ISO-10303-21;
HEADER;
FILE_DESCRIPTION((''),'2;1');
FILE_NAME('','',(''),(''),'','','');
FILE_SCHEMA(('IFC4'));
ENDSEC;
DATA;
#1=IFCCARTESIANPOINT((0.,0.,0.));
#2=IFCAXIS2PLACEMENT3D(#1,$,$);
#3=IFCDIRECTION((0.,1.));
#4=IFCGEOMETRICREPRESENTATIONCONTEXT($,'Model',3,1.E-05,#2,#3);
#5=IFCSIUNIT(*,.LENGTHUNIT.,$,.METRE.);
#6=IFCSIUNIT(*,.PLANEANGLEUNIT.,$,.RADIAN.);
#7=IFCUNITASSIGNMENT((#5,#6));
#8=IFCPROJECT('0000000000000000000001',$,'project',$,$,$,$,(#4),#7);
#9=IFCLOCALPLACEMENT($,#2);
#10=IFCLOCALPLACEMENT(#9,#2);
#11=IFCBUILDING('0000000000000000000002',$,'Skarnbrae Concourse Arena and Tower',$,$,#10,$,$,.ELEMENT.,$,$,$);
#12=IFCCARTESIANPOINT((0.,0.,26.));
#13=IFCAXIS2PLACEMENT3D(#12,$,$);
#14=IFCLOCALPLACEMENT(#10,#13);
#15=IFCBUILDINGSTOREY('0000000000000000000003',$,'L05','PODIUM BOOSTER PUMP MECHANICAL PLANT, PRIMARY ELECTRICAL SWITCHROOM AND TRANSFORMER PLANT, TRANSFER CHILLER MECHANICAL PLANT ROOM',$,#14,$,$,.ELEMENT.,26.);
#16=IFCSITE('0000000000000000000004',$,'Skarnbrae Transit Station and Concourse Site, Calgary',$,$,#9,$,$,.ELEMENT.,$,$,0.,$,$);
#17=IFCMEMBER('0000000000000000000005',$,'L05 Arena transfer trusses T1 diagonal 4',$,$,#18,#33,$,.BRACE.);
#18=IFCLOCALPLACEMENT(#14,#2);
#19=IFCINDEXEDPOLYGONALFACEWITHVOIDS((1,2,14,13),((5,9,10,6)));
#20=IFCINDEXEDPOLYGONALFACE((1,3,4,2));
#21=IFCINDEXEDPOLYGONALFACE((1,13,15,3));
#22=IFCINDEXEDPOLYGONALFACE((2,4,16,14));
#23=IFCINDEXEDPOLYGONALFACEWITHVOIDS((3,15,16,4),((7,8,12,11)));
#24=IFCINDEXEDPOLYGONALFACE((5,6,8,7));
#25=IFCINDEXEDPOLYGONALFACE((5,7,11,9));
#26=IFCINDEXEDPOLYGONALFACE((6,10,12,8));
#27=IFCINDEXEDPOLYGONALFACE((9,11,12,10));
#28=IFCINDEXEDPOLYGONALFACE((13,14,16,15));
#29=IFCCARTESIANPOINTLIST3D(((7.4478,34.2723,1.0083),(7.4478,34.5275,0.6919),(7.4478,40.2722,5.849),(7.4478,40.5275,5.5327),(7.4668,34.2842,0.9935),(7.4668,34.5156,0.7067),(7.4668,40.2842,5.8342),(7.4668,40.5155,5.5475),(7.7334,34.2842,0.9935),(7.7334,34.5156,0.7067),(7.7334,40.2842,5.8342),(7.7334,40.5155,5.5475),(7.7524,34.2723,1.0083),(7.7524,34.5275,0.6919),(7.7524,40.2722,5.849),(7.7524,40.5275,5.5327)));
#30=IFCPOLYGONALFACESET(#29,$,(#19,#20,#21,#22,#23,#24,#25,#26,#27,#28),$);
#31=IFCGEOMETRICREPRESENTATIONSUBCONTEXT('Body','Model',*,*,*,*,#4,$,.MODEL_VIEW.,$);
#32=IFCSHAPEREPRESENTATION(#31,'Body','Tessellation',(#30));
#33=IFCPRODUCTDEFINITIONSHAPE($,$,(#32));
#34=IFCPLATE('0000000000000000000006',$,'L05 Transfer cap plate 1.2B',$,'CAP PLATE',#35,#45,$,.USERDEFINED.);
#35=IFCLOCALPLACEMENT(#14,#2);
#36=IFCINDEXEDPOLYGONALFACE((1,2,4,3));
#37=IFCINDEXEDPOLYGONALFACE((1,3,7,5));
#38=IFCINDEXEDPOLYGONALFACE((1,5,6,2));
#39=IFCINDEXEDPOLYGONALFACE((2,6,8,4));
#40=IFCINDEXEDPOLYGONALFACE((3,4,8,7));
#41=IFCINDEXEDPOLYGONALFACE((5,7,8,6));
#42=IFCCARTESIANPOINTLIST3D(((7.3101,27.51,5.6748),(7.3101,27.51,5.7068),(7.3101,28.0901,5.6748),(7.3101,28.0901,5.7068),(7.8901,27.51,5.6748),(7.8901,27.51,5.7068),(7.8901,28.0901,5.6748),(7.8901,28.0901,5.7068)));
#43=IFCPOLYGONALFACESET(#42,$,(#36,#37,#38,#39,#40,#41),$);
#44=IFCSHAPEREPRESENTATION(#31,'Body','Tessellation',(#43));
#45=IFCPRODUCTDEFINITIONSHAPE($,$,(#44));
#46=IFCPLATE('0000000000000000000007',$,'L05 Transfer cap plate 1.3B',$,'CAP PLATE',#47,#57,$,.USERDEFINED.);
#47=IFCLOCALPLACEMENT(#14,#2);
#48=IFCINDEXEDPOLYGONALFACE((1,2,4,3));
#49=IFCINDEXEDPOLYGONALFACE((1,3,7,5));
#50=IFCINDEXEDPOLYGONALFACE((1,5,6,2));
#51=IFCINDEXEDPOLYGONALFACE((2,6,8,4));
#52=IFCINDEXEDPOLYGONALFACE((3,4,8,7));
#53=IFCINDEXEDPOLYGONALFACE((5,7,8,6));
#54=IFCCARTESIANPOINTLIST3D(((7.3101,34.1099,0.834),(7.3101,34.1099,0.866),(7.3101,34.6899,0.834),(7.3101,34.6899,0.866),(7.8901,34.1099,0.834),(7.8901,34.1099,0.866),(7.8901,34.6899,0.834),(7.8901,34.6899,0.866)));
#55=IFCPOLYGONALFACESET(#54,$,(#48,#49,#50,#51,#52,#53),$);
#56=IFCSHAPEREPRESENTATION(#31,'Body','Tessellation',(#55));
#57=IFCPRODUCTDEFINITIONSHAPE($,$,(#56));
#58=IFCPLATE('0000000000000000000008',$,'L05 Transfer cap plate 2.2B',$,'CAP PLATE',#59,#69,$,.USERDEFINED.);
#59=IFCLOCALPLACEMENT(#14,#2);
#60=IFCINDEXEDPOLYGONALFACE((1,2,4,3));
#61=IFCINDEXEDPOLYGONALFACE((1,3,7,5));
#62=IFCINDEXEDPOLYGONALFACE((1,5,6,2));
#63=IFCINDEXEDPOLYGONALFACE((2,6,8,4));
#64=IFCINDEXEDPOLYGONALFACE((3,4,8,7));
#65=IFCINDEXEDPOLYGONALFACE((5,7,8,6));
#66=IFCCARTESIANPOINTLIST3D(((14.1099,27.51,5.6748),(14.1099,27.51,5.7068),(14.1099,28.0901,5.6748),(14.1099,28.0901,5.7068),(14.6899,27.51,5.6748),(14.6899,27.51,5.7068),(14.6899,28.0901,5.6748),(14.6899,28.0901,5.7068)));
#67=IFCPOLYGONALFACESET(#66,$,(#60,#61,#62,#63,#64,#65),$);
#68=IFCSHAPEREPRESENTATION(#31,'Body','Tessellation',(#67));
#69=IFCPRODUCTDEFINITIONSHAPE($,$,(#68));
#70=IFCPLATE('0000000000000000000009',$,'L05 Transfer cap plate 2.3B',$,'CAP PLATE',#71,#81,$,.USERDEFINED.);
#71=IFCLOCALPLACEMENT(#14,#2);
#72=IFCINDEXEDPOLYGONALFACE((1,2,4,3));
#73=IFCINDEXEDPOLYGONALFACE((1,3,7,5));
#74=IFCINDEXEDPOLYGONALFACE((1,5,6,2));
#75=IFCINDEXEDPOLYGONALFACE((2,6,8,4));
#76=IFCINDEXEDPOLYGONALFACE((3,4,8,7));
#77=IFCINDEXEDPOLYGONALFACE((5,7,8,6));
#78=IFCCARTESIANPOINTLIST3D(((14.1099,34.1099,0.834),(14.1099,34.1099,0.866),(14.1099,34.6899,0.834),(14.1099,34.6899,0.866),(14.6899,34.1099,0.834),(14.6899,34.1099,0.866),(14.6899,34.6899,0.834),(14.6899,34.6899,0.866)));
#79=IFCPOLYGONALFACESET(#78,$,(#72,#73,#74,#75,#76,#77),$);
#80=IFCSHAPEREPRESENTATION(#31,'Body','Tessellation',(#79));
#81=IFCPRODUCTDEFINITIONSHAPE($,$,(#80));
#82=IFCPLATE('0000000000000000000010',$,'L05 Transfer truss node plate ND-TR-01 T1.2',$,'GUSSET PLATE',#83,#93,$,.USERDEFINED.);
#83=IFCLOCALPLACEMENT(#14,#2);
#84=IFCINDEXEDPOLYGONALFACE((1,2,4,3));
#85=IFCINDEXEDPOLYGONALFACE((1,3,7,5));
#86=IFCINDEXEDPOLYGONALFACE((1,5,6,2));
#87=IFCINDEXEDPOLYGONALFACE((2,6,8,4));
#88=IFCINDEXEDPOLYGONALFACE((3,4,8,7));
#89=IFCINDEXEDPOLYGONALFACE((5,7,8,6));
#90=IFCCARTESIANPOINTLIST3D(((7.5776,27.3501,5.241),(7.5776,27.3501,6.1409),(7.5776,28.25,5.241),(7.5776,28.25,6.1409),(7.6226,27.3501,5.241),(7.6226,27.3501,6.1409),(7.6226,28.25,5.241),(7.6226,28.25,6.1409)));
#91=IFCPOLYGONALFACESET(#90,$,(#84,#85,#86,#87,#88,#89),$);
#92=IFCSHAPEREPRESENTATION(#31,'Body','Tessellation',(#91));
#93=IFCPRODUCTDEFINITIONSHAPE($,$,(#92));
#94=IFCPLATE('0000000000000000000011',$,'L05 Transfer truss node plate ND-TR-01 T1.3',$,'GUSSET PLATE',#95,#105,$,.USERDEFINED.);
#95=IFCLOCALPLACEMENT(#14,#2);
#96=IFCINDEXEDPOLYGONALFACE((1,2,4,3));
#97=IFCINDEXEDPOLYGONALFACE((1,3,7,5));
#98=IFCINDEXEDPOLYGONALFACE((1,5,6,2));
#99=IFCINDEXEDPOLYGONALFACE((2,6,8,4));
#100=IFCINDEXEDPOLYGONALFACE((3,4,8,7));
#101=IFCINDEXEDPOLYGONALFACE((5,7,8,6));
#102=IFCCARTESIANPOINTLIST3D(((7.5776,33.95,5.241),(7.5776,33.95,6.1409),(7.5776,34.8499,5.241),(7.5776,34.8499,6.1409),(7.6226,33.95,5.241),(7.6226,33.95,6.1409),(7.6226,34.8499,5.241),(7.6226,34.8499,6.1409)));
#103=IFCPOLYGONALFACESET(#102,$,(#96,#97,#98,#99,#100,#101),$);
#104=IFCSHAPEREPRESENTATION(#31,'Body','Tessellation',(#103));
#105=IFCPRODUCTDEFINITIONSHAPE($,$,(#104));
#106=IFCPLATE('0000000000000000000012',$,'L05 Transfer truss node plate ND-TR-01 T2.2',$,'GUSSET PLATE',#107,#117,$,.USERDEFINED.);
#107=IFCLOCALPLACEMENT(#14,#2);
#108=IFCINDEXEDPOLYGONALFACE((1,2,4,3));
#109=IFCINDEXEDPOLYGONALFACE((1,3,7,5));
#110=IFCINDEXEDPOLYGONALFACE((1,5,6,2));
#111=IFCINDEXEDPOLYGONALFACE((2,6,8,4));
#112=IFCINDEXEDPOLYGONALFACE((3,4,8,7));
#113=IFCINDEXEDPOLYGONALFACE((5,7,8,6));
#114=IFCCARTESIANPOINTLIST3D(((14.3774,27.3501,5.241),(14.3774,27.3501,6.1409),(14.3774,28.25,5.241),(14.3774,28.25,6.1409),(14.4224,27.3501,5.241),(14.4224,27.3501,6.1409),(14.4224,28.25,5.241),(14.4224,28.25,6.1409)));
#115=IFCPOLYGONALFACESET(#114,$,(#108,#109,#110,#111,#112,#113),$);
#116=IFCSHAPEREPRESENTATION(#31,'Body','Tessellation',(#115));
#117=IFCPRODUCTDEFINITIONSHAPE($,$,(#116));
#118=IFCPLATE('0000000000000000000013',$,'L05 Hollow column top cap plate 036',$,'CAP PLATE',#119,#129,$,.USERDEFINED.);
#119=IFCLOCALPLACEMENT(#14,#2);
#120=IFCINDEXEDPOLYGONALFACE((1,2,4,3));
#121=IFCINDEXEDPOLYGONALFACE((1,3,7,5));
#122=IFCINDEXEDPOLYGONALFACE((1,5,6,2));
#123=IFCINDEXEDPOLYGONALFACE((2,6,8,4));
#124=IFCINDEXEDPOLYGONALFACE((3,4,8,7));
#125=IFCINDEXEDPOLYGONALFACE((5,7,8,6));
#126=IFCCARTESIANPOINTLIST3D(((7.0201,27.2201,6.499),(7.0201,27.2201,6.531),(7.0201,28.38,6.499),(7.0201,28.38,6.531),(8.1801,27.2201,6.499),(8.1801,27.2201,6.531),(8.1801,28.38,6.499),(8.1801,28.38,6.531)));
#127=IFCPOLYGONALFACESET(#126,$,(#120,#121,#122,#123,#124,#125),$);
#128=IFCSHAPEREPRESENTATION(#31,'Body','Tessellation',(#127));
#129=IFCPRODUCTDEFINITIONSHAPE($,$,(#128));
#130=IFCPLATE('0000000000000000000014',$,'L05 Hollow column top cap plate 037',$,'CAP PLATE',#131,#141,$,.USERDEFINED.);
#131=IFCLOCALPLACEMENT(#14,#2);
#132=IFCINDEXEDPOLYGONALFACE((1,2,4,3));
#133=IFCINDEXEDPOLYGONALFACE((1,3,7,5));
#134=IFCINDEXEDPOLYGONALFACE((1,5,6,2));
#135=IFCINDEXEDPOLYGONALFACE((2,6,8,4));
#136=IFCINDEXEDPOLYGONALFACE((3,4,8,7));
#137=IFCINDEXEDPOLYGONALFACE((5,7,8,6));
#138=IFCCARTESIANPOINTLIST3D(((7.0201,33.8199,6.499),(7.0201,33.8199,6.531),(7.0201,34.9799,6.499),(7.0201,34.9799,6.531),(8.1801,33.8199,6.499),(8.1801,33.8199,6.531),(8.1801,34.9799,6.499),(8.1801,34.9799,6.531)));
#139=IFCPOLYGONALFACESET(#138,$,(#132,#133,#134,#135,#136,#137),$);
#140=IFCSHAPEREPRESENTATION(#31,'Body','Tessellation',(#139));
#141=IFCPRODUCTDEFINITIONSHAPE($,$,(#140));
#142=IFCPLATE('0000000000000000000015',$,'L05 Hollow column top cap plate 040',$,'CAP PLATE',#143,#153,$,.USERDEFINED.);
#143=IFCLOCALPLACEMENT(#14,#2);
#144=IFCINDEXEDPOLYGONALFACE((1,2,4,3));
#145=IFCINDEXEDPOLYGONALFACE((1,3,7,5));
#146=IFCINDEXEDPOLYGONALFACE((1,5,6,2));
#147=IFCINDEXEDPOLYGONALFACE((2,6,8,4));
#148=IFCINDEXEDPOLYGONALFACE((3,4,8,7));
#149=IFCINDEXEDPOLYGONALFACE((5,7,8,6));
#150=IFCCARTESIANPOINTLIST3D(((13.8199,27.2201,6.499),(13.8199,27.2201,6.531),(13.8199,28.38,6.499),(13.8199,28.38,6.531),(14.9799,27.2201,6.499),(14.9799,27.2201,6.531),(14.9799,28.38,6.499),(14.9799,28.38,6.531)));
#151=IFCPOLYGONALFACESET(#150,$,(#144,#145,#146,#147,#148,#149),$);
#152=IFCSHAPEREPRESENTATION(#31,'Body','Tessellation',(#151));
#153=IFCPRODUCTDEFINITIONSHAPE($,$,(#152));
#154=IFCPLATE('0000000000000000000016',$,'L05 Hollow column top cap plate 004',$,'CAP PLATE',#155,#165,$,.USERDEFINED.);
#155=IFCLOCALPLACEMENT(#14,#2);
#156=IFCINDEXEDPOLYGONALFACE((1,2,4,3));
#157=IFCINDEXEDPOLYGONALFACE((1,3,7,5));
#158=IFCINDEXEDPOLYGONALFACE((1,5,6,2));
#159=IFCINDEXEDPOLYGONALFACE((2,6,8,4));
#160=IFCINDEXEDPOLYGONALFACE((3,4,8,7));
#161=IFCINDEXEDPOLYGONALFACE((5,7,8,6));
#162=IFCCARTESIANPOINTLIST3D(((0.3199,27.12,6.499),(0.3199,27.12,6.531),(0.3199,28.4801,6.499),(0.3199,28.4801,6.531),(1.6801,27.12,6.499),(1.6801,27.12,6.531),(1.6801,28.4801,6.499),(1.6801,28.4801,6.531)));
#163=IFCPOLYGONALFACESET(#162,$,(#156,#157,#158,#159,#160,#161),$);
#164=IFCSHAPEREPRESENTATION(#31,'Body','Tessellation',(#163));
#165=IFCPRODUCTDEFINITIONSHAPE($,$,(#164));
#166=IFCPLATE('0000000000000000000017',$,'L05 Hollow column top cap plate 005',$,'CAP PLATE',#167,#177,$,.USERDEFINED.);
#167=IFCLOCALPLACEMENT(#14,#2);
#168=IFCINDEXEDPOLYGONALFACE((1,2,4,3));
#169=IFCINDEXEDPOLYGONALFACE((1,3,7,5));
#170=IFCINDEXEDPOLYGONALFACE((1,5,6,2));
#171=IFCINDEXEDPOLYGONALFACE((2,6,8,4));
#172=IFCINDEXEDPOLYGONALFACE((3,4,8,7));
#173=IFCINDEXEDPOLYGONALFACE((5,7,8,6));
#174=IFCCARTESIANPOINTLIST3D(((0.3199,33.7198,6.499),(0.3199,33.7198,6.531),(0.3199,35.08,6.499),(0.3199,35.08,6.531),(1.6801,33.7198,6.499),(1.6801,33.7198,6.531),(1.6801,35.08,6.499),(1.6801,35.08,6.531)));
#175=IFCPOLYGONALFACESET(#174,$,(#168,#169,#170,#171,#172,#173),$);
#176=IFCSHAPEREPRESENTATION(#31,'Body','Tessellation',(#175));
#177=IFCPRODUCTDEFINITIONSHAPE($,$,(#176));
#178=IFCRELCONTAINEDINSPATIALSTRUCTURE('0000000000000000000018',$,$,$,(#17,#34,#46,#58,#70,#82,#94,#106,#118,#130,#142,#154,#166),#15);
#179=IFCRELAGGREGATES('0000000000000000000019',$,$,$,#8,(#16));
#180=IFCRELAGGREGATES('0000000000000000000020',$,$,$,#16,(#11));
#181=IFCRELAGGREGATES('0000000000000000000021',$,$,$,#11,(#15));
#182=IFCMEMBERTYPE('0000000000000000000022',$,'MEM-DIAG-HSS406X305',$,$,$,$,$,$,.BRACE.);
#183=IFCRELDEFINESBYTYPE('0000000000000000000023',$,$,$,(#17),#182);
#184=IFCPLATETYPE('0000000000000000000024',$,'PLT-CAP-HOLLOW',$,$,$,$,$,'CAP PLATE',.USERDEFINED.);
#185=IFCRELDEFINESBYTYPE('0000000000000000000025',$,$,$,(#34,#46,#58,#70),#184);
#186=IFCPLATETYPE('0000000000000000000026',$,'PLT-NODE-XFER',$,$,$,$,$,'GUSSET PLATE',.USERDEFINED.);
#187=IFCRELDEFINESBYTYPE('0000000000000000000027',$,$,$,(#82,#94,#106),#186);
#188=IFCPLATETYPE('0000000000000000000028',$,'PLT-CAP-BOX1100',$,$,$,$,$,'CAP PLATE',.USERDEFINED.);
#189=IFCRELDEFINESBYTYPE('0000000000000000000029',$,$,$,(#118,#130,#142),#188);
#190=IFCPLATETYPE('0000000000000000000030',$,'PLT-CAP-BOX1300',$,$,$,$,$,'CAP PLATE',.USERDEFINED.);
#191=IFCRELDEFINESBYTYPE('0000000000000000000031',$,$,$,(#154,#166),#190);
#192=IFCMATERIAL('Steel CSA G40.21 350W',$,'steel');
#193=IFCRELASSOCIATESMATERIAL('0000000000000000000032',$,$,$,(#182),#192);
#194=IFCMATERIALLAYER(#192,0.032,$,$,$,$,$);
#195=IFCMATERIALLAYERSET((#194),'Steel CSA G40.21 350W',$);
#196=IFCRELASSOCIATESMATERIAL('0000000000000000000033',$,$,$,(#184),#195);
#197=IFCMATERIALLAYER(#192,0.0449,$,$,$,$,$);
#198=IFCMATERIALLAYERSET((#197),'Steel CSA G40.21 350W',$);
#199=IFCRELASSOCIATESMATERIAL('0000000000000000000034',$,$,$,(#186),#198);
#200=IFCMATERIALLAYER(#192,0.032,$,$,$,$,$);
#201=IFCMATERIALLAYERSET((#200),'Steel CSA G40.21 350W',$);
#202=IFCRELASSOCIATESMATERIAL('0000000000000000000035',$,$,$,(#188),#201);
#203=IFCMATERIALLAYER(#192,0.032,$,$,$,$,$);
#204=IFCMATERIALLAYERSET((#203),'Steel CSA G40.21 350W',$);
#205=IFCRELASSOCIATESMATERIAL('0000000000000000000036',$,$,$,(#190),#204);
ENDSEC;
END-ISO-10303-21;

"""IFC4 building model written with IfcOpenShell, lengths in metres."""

from ifc_helpers import new_model, si_unit, direction, frame, origin, origin_2d, place, context, subcontext, project, spatial, rectangle, hollow_rectangle, extrude, source, transform, mapped, material, layer, layer_set, material_profile, profile_set, type_object, element, save


model = new_model("IFC4")

# Units and contexts
model_context = context("Model", 3, precision=1e-05, world=origin(), true_north=direction((0.0, 1.0)))
body_context = subcontext(model_context, "Body", "Model", "MODEL_VIEW")
ifc_project = project(units=[si_unit("LENGTHUNIT", "METRE"), si_unit("PLANEANGLEUNIT", "RADIAN")], contexts=[model_context])

# Site, building, storey
site_placement = place(None, origin())
site = spatial("IfcSite", under=ifc_project, at=site_placement, Name="Skarnbrae Transit Station and Concourse Site, Calgary", CompositionType="ELEMENT", RefElevation=0.0)
building_placement = place(site_placement, origin())
building = spatial("IfcBuilding", under=site, at=building_placement, Name="Skarnbrae Concourse Arena and Tower", CompositionType="ELEMENT")
storey_placement = place(building_placement, frame((0.0, 0.0, 26.0)))
storey = spatial("IfcBuildingStorey", under=building, at=storey_placement, Name="L05", Description="PODIUM BOOSTER PUMP MECHANICAL PLANT, PRIMARY ELECTRICAL SWITCHROOM AND TRANSFORMER PLANT, TRANSFER CHILLER MECHANICAL PLANT ROOM", CompositionType="ELEMENT", Elevation=26.0)

# Shared definitions
ifc_material = material(Name="Steel CSA G40.21 350W", Category="steel")

# Member
ifc_material_profile_1 = material_profile(ifc_material, hollow_rectangle(XDim=0.3047, YDim=0.4065, WallThickness=0.019, at=origin_2d()), Name="HSS406X305X19.0")
ifc_profile_set_1 = profile_set([ifc_material_profile_1], Name="Steel CSA G40.21 350W")
member_type = type_object("IfcMemberType", Name="MEM-DIAG-HSS406X305", PredefinedType="BRACE", material=ifc_profile_set_1)
shared_shape_1 = source(origin(), body_context, "Body", "SweptSolid", [
    extrude(hollow_rectangle(XDim=0.3047, YDim=0.4065, WallThickness=0.019, at=origin_2d()), origin(), (0.0, 0.0, 1.0), 7.7092),
])
member_placement = place(storey_placement, frame((7.6001, 34.3999, 0.8501), z_axis=(0.0, 0.778279, 0.627918), x_axis=(-1.0, 0.0, 0.0)))
element("IfcMember", 1, at=member_placement, inside=storey, type_object=member_type, Name="L05 Arena transfer trusses T1 diagonal 4", PredefinedType="BRACE", context=body_context, shape_type="MappedRepresentation", body=[
    mapped(shared_shape_1, transform((0.0, 0.0, 0.0))),
])

# Plates
ifc_layer_1 = layer(ifc_material, 0.032)
ifc_layer_set_1 = layer_set([ifc_layer_1], Name="Steel CSA G40.21 350W")
plate_type_1 = type_object("IfcPlateType", Name="PLT-CAP-HOLLOW", ElementType="CAP PLATE", PredefinedType="USERDEFINED", material=ifc_layer_set_1)
shared_shape_2 = source(origin(), body_context, "Body", "SweptSolid", [
    extrude(rectangle(XDim=0.5801, YDim=0.5801, at=origin_2d()), origin(), (0.0, 0.0, 1.0), 0.032),
])
for number, where, z_axis, x_axis, name in (
    (2, (7.6001, 27.8, 5.6748), (0.0, 0.0, 1.0), (1.0, 0.0, 0.0), "L05 Transfer cap plate 1.2B"),
    (3, (7.6001, 34.3999, 0.834), (0.0, 0.0, 1.0), (1.0, 0.0, 0.0), "L05 Transfer cap plate 1.3B"),
    (4, (14.3999, 27.8, 5.6748), (0.0, 0.0, 1.0), (1.0, 0.0, 0.0), "L05 Transfer cap plate 2.2B"),
    (5, (14.3999, 34.3999, 0.834), (0.0, 0.0, 1.0), (1.0, 0.0, 0.0), "L05 Transfer cap plate 2.3B"),
):
    element("IfcPlate", number, at=place(storey_placement, frame(where, z_axis=z_axis, x_axis=x_axis)), inside=storey, type_object=plate_type_1, Name=name, ObjectType="CAP PLATE", PredefinedType="USERDEFINED", context=body_context, shape_type="MappedRepresentation", body=[
        mapped(shared_shape_2, transform((0.0, 0.0, 0.0))),
    ])
ifc_layer_2 = layer(ifc_material, 0.0449)
ifc_layer_set_2 = layer_set([ifc_layer_2], Name="Steel CSA G40.21 350W")
plate_type_2 = type_object("IfcPlateType", Name="PLT-NODE-XFER", ElementType="GUSSET PLATE", PredefinedType="USERDEFINED", material=ifc_layer_set_2)
shared_shape_3 = source(origin(), body_context, "Body", "SweptSolid", [
    extrude(rectangle(XDim=0.8999, YDim=0.0449, at=origin_2d()), origin(), (0.0, 0.0, 1.0), 0.8999),
])
for number, where, z_axis, x_axis, name in (
    (6, (7.6001, 27.8, 5.241), (0.0, 0.0, 1.0), (0.0, 1.0, 0.0), "L05 Transfer truss node plate ND-TR-01 T1.2"),
    (7, (7.6001, 34.3999, 5.241), (0.0, 0.0, 1.0), (0.0, 1.0, 0.0), "L05 Transfer truss node plate ND-TR-01 T1.3"),
    (8, (14.3999, 27.8, 5.241), (0.0, 0.0, 1.0), (0.0, 1.0, 0.0), "L05 Transfer truss node plate ND-TR-01 T2.2"),
):
    element("IfcPlate", number, at=place(storey_placement, frame(where, z_axis=z_axis, x_axis=x_axis)), inside=storey, type_object=plate_type_2, Name=name, ObjectType="GUSSET PLATE", PredefinedType="USERDEFINED", context=body_context, shape_type="MappedRepresentation", body=[
        mapped(shared_shape_3, transform((0.0, 0.0, 0.0))),
    ])
ifc_layer_3 = layer(ifc_material, 0.032)
ifc_layer_set_3 = layer_set([ifc_layer_3], Name="Steel CSA G40.21 350W")
plate_type_3 = type_object("IfcPlateType", Name="PLT-CAP-BOX1100", ElementType="CAP PLATE", PredefinedType="USERDEFINED", material=ifc_layer_set_3)
shared_shape_4 = source(origin(), body_context, "Body", "SweptSolid", [
    extrude(rectangle(XDim=1.1599, YDim=1.1599, at=origin_2d()), origin(), (0.0, 0.0, 1.0), 0.032),
])
for number, where, z_axis, x_axis, name in (
    (9, (7.6001, 27.8, 6.499), (0.0, 0.0, 1.0), (1.0, 0.0, 0.0), "L05 Hollow column top cap plate 036"),
    (10, (7.6001, 34.3999, 6.499), (0.0, 0.0, 1.0), (1.0, 0.0, 0.0), "L05 Hollow column top cap plate 037"),
    (11, (14.3999, 27.8, 6.499), (0.0, 0.0, 1.0), (1.0, 0.0, 0.0), "L05 Hollow column top cap plate 040"),
):
    element("IfcPlate", number, at=place(storey_placement, frame(where, z_axis=z_axis, x_axis=x_axis)), inside=storey, type_object=plate_type_3, Name=name, ObjectType="CAP PLATE", PredefinedType="USERDEFINED", context=body_context, shape_type="MappedRepresentation", body=[
        mapped(shared_shape_4, transform((0.0, 0.0, 0.0))),
    ])
ifc_layer_4 = layer(ifc_material, 0.032)
ifc_layer_set_4 = layer_set([ifc_layer_4], Name="Steel CSA G40.21 350W")
plate_type_4 = type_object("IfcPlateType", Name="PLT-CAP-BOX1300", ElementType="CAP PLATE", PredefinedType="USERDEFINED", material=ifc_layer_set_4)
shared_shape_5 = source(origin(), body_context, "Body", "SweptSolid", [
    extrude(rectangle(XDim=1.3601, YDim=1.3601, at=origin_2d()), origin(), (0.0, 0.0, 1.0), 0.032),
])
for number, where, z_axis, x_axis, name in (
    (12, (1.0, 27.8, 6.499), (0.0, 0.0, 1.0), (1.0, 0.0, 0.0), "L05 Hollow column top cap plate 004"),
    (13, (1.0, 34.3999, 6.499), (0.0, 0.0, 1.0), (1.0, 0.0, 0.0), "L05 Hollow column top cap plate 005"),
):
    element("IfcPlate", number, at=place(storey_placement, frame(where, z_axis=z_axis, x_axis=x_axis)), inside=storey, type_object=plate_type_4, Name=name, ObjectType="CAP PLATE", PredefinedType="USERDEFINED", context=body_context, shape_type="MappedRepresentation", body=[
        mapped(shared_shape_5, transform((0.0, 0.0, 0.0))),
    ])

save(model, "model.ifc")
